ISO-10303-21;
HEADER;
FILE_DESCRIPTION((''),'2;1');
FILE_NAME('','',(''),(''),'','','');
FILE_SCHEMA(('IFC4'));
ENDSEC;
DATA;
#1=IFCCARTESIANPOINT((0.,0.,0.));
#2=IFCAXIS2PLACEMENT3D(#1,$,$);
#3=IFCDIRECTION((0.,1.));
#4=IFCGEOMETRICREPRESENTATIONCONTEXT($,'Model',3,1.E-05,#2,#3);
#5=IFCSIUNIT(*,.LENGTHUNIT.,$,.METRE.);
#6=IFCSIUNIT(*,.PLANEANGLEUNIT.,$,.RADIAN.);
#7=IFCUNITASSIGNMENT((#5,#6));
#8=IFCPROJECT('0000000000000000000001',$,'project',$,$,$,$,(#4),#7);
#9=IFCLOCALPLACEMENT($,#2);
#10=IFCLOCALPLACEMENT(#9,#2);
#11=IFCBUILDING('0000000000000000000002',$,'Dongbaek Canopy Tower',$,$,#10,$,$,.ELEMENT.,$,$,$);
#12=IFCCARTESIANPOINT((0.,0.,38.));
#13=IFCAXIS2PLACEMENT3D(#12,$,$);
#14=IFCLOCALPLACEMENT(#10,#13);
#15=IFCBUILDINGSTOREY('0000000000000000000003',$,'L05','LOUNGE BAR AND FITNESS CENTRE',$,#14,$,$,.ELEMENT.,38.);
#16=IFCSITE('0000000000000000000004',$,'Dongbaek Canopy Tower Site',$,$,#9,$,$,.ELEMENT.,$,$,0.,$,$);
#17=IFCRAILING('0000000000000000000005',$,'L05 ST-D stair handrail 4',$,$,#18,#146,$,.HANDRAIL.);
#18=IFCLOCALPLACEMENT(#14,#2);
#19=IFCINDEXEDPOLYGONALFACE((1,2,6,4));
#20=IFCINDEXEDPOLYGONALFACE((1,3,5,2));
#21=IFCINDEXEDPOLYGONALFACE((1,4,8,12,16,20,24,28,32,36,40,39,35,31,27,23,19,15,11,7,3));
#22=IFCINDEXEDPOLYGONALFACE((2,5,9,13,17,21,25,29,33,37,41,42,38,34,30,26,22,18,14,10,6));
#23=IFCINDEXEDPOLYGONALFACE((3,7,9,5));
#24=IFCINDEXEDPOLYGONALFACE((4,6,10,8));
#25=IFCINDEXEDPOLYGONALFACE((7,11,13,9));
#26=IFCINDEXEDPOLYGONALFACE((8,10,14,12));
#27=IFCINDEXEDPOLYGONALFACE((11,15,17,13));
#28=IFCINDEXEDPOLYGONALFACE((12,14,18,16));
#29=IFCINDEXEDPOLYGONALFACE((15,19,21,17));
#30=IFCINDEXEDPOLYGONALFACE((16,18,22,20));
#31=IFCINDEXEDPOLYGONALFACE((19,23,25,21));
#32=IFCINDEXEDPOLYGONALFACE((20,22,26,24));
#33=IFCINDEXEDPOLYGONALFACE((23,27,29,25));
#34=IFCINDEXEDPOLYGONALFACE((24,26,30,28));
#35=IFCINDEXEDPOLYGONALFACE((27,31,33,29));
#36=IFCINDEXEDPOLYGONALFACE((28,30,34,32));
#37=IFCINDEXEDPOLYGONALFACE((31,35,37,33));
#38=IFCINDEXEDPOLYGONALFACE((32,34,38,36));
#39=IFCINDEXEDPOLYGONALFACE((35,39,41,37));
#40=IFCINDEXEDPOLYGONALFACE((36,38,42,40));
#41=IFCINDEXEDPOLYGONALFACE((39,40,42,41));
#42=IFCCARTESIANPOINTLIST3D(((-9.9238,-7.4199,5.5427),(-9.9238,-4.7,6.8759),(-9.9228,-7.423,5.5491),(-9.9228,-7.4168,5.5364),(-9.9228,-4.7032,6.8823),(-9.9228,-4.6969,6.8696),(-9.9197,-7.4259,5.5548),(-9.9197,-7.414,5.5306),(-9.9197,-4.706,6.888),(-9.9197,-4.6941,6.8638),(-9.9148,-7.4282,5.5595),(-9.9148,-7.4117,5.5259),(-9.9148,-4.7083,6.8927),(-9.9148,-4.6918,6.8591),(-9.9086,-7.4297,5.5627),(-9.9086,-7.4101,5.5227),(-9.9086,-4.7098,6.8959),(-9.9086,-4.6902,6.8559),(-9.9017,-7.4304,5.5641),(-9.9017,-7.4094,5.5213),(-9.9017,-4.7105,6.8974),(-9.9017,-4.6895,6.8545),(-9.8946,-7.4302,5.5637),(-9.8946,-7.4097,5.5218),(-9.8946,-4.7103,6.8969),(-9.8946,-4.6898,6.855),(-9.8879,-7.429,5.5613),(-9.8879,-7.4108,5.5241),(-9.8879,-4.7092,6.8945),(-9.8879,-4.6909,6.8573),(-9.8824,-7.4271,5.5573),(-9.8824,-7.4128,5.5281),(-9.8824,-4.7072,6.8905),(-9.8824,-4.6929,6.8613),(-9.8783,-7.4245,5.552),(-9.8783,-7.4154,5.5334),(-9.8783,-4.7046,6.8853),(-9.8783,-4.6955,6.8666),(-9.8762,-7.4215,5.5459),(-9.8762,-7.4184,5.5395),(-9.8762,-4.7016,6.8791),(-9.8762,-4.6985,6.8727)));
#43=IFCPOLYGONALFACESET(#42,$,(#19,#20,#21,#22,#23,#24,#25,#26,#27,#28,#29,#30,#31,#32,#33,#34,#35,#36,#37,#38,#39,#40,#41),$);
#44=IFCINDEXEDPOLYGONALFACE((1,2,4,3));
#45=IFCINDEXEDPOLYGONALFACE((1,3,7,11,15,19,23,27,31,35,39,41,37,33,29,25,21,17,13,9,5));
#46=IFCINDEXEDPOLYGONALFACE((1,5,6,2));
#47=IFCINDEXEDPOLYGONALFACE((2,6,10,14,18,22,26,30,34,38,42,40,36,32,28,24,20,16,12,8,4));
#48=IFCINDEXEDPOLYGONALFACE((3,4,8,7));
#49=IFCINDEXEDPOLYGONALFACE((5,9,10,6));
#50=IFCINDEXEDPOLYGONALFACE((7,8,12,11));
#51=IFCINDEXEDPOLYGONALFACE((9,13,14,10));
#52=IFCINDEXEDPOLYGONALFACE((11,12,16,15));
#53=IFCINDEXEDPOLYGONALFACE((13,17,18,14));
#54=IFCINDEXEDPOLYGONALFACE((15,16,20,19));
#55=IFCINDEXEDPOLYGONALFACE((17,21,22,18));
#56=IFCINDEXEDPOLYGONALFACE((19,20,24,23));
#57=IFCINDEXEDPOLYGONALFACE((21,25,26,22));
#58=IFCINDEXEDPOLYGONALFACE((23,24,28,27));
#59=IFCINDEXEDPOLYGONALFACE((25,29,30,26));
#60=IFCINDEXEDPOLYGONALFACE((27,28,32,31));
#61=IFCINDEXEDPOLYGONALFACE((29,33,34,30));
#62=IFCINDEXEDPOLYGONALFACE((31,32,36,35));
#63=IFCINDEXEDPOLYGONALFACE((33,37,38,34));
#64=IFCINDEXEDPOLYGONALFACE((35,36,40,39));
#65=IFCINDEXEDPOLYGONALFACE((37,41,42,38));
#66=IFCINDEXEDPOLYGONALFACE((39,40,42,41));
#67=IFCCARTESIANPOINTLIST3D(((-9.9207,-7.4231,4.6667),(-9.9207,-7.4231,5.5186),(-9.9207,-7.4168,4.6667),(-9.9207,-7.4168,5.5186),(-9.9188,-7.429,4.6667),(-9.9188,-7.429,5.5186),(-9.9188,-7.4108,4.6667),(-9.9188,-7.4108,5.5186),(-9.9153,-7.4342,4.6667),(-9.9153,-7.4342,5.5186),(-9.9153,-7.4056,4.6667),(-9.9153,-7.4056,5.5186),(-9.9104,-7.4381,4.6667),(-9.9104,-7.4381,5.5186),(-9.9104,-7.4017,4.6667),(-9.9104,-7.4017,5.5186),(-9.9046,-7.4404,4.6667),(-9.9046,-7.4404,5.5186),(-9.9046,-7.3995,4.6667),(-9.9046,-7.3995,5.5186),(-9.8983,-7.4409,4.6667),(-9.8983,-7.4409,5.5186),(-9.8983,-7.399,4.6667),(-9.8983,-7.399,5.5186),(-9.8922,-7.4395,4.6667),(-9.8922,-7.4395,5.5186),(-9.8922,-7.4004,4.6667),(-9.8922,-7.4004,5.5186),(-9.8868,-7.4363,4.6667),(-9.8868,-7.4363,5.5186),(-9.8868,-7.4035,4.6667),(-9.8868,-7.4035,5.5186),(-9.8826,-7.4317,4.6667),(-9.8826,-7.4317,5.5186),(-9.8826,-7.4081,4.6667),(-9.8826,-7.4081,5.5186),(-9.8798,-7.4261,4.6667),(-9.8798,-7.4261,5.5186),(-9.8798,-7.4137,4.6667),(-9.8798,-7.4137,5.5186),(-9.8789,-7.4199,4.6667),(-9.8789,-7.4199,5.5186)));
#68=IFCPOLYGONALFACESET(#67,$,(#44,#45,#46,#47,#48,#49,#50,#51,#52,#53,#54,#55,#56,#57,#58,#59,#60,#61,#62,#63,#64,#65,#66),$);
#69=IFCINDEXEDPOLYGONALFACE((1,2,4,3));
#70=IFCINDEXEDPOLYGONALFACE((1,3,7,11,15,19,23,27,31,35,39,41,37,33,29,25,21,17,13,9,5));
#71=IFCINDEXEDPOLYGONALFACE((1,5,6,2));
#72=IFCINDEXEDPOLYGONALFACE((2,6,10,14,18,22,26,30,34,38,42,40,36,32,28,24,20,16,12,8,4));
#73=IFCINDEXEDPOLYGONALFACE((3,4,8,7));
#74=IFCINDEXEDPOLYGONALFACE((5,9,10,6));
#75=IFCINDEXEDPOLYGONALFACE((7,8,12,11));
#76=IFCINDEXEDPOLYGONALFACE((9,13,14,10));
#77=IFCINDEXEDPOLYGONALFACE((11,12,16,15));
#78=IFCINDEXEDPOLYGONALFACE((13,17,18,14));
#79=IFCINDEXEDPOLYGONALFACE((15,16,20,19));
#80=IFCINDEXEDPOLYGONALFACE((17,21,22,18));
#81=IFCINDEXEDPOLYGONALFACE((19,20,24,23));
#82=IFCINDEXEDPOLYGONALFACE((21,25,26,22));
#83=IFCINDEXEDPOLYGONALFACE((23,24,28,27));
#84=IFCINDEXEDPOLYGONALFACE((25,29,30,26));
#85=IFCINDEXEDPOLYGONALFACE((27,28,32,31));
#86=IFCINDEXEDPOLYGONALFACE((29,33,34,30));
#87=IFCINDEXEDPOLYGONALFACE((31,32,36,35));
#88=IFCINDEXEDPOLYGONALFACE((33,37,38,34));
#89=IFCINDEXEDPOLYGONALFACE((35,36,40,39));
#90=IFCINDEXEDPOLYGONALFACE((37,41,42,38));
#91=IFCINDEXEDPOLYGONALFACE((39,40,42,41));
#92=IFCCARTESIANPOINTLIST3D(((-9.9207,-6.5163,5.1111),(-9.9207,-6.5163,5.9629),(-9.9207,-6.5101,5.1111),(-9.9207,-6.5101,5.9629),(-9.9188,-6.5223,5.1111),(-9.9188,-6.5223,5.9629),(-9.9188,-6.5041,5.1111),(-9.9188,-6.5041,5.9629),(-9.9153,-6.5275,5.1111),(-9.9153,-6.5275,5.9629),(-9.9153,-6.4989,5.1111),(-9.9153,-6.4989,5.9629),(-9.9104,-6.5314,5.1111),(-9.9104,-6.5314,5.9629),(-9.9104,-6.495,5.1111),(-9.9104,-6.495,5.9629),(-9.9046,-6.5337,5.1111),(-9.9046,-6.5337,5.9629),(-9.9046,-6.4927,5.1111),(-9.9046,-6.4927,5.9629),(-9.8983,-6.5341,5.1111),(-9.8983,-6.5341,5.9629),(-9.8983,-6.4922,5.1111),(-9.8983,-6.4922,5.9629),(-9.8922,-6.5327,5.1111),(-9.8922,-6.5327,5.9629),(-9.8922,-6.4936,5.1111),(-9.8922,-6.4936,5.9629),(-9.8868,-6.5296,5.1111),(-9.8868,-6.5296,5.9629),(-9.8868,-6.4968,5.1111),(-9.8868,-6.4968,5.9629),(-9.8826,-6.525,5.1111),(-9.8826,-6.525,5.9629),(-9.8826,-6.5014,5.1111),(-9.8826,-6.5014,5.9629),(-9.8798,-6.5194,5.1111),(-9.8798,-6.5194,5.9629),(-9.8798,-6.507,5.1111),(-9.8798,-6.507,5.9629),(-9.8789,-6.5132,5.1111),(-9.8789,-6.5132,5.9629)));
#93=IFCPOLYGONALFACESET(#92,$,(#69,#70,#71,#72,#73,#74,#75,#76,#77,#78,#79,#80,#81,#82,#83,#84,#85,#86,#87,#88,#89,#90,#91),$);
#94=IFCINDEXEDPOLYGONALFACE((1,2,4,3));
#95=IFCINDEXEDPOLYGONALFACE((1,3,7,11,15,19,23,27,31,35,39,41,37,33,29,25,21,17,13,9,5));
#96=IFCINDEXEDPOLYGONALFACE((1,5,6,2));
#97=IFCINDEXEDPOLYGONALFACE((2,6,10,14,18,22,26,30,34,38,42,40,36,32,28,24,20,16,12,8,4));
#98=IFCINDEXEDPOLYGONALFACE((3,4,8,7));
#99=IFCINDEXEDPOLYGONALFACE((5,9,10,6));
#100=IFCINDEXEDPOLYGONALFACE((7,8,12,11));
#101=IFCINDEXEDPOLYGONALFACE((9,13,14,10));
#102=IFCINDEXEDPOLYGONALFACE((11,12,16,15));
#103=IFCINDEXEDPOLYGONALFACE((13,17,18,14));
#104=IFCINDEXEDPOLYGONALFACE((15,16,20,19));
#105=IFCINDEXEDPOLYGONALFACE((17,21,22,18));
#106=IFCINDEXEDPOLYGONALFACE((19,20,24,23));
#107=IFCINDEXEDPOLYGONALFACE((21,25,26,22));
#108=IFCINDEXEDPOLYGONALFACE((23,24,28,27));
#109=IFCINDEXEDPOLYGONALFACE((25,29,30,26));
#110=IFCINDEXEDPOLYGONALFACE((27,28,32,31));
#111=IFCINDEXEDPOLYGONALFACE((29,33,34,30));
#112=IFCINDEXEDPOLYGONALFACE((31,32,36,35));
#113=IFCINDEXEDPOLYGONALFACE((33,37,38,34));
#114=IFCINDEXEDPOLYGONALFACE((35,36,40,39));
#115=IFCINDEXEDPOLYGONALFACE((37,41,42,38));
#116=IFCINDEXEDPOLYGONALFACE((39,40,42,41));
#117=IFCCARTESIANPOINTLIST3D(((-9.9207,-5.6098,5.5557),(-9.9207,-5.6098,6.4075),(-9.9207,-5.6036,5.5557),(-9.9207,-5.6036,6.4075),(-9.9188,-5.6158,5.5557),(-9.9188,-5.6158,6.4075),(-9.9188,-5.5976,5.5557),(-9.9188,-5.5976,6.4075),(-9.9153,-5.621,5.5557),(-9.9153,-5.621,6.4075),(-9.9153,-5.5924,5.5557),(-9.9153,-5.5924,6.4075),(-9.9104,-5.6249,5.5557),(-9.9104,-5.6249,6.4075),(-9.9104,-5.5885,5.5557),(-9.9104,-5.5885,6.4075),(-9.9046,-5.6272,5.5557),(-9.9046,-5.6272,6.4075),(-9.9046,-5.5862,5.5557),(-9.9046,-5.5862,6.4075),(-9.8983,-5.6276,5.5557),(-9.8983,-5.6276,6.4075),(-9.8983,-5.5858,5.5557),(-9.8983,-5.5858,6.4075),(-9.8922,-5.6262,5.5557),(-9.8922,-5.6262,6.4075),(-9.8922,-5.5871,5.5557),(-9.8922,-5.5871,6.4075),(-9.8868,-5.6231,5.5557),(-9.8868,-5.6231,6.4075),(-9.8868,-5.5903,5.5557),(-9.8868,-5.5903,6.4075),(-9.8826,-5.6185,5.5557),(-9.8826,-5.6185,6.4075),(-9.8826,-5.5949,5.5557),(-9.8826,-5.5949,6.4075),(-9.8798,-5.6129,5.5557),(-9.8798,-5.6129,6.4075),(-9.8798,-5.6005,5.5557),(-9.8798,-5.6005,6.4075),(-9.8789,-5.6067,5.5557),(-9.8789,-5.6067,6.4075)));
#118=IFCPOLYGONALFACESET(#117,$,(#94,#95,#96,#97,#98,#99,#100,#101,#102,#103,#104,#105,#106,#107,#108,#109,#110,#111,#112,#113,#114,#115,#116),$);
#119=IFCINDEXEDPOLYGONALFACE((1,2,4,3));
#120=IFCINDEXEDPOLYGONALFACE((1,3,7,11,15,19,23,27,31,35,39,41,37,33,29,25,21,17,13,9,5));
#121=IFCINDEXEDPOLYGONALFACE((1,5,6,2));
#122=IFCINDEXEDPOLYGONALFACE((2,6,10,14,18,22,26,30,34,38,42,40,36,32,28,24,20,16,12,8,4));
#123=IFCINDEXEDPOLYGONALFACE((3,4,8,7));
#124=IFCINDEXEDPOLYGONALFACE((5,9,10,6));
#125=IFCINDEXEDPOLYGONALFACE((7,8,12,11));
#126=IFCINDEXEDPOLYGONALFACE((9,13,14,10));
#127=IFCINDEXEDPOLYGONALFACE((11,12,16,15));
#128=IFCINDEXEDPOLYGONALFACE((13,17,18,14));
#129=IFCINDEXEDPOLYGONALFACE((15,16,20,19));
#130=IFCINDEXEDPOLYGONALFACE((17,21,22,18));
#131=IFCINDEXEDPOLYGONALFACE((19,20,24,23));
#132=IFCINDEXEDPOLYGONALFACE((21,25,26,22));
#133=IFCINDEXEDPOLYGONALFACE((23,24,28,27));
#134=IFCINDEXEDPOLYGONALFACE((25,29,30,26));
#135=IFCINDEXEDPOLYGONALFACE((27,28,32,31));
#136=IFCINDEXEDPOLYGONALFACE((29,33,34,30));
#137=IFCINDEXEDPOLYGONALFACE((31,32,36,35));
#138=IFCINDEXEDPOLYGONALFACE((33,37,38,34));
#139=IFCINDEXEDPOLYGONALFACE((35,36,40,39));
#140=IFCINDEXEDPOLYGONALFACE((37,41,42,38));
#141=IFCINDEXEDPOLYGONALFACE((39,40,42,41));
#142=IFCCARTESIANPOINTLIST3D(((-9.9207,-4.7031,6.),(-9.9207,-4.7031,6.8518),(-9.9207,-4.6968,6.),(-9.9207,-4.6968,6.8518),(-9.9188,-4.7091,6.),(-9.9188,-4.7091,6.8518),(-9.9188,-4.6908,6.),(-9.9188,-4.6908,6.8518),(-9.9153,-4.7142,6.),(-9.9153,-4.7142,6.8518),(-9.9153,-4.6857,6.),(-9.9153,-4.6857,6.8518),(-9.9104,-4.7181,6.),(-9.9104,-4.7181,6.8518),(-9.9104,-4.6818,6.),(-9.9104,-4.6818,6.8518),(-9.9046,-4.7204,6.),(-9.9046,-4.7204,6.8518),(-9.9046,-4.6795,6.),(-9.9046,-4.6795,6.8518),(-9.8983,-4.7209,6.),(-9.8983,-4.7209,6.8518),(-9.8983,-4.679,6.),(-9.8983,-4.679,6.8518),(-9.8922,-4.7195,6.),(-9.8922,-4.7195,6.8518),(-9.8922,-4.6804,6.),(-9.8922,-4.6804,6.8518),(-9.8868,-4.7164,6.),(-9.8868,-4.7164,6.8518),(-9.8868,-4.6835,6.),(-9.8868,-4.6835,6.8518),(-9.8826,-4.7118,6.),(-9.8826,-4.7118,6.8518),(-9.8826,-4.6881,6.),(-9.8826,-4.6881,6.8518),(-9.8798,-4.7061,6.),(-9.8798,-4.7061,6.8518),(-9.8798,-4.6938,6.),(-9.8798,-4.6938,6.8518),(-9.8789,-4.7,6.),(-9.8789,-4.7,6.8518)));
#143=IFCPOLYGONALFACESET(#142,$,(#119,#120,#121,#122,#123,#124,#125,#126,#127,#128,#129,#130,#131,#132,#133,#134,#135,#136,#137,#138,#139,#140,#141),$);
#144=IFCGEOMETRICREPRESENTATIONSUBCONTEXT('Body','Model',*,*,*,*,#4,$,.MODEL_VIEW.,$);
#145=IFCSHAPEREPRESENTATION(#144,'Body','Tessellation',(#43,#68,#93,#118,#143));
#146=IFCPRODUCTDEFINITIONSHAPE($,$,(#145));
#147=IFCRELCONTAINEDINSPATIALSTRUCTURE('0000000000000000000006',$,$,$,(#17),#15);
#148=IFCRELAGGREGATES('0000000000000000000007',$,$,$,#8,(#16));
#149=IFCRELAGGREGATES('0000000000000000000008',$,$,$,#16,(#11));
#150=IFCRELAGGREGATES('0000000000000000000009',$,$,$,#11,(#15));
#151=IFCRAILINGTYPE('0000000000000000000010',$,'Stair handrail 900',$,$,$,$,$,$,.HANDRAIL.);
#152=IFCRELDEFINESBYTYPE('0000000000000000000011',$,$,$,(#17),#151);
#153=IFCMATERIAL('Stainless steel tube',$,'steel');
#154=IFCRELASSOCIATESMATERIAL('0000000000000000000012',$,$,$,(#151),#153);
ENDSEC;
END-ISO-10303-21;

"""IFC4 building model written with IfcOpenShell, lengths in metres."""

from ifc_helpers import new_model, si_unit, direction, frame, origin, origin_2d, place, context, subcontext, project, spatial, circle, extrude, material, type_object, element, save


model = new_model("IFC4")

# Units and contexts
model_context = context("Model", 3, precision=1e-05, world=origin(), true_north=direction((0.0, 1.0)))
body_context = subcontext(model_context, "Body", "Model", "MODEL_VIEW")
ifc_project = project(units=[si_unit("LENGTHUNIT", "METRE"), si_unit("PLANEANGLEUNIT", "RADIAN")], contexts=[model_context])

# Site, building, storey
site_placement = place(None, origin())
site = spatial("IfcSite", under=ifc_project, at=site_placement, Name="Dongbaek Canopy Tower Site", CompositionType="ELEMENT", RefElevation=0.0)
building_placement = place(site_placement, origin())
building = spatial("IfcBuilding", under=site, at=building_placement, Name="Dongbaek Canopy Tower", CompositionType="ELEMENT")
storey_placement = place(building_placement, frame((0.0, 0.0, 38.0)))
storey = spatial("IfcBuildingStorey", under=building, at=storey_placement, Name="L05", Description="LOUNGE BAR AND FITNESS CENTRE", CompositionType="ELEMENT", Elevation=38.0)

# Railing
ifc_material_1 = material(Name="Stainless steel tube", Category="steel")
railing_type_1 = type_object("IfcRailingType", Name="Stair handrail 900", PredefinedType="HANDRAIL", material=ifc_material_1)
railing_1_placement = place(storey_placement, frame((-9.8999, -7.4199, 4.6667)))
element("IfcRailing", 1, at=railing_1_placement, inside=storey, type_object=railing_type_1, Name="L05 ST-D stair handrail 4", PredefinedType="HANDRAIL", context=body_context, shape_type="SweptSolid", body=[
    extrude(circle(Radius=0.0239, at=origin_2d()), frame((0.0, 0.0, 0.876), z_axis=(0.0, 0.897929, 0.440139), x_axis=(-1.0, 0.0, 0.0)), (0.0, 0.0, 1.0), 3.0291),
    extrude(circle(Radius=0.021, at=origin_2d()), origin(), (0.0, 0.0, 1.0), 0.8518),
    extrude(circle(Radius=0.021, at=origin_2d()), frame((0.0, 0.9067, 0.4443)), (0.0, 0.0, 1.0), 0.8518),
    extrude(circle(Radius=0.021, at=origin_2d()), frame((0.0, 1.8132, 0.8889)), (0.0, 0.0, 1.0), 0.8518),
    extrude(circle(Radius=0.021, at=origin_2d()), frame((0.0, 2.72, 1.3333)), (0.0, 0.0, 1.0), 0.8518),
])

save(model, "model.ifc")
